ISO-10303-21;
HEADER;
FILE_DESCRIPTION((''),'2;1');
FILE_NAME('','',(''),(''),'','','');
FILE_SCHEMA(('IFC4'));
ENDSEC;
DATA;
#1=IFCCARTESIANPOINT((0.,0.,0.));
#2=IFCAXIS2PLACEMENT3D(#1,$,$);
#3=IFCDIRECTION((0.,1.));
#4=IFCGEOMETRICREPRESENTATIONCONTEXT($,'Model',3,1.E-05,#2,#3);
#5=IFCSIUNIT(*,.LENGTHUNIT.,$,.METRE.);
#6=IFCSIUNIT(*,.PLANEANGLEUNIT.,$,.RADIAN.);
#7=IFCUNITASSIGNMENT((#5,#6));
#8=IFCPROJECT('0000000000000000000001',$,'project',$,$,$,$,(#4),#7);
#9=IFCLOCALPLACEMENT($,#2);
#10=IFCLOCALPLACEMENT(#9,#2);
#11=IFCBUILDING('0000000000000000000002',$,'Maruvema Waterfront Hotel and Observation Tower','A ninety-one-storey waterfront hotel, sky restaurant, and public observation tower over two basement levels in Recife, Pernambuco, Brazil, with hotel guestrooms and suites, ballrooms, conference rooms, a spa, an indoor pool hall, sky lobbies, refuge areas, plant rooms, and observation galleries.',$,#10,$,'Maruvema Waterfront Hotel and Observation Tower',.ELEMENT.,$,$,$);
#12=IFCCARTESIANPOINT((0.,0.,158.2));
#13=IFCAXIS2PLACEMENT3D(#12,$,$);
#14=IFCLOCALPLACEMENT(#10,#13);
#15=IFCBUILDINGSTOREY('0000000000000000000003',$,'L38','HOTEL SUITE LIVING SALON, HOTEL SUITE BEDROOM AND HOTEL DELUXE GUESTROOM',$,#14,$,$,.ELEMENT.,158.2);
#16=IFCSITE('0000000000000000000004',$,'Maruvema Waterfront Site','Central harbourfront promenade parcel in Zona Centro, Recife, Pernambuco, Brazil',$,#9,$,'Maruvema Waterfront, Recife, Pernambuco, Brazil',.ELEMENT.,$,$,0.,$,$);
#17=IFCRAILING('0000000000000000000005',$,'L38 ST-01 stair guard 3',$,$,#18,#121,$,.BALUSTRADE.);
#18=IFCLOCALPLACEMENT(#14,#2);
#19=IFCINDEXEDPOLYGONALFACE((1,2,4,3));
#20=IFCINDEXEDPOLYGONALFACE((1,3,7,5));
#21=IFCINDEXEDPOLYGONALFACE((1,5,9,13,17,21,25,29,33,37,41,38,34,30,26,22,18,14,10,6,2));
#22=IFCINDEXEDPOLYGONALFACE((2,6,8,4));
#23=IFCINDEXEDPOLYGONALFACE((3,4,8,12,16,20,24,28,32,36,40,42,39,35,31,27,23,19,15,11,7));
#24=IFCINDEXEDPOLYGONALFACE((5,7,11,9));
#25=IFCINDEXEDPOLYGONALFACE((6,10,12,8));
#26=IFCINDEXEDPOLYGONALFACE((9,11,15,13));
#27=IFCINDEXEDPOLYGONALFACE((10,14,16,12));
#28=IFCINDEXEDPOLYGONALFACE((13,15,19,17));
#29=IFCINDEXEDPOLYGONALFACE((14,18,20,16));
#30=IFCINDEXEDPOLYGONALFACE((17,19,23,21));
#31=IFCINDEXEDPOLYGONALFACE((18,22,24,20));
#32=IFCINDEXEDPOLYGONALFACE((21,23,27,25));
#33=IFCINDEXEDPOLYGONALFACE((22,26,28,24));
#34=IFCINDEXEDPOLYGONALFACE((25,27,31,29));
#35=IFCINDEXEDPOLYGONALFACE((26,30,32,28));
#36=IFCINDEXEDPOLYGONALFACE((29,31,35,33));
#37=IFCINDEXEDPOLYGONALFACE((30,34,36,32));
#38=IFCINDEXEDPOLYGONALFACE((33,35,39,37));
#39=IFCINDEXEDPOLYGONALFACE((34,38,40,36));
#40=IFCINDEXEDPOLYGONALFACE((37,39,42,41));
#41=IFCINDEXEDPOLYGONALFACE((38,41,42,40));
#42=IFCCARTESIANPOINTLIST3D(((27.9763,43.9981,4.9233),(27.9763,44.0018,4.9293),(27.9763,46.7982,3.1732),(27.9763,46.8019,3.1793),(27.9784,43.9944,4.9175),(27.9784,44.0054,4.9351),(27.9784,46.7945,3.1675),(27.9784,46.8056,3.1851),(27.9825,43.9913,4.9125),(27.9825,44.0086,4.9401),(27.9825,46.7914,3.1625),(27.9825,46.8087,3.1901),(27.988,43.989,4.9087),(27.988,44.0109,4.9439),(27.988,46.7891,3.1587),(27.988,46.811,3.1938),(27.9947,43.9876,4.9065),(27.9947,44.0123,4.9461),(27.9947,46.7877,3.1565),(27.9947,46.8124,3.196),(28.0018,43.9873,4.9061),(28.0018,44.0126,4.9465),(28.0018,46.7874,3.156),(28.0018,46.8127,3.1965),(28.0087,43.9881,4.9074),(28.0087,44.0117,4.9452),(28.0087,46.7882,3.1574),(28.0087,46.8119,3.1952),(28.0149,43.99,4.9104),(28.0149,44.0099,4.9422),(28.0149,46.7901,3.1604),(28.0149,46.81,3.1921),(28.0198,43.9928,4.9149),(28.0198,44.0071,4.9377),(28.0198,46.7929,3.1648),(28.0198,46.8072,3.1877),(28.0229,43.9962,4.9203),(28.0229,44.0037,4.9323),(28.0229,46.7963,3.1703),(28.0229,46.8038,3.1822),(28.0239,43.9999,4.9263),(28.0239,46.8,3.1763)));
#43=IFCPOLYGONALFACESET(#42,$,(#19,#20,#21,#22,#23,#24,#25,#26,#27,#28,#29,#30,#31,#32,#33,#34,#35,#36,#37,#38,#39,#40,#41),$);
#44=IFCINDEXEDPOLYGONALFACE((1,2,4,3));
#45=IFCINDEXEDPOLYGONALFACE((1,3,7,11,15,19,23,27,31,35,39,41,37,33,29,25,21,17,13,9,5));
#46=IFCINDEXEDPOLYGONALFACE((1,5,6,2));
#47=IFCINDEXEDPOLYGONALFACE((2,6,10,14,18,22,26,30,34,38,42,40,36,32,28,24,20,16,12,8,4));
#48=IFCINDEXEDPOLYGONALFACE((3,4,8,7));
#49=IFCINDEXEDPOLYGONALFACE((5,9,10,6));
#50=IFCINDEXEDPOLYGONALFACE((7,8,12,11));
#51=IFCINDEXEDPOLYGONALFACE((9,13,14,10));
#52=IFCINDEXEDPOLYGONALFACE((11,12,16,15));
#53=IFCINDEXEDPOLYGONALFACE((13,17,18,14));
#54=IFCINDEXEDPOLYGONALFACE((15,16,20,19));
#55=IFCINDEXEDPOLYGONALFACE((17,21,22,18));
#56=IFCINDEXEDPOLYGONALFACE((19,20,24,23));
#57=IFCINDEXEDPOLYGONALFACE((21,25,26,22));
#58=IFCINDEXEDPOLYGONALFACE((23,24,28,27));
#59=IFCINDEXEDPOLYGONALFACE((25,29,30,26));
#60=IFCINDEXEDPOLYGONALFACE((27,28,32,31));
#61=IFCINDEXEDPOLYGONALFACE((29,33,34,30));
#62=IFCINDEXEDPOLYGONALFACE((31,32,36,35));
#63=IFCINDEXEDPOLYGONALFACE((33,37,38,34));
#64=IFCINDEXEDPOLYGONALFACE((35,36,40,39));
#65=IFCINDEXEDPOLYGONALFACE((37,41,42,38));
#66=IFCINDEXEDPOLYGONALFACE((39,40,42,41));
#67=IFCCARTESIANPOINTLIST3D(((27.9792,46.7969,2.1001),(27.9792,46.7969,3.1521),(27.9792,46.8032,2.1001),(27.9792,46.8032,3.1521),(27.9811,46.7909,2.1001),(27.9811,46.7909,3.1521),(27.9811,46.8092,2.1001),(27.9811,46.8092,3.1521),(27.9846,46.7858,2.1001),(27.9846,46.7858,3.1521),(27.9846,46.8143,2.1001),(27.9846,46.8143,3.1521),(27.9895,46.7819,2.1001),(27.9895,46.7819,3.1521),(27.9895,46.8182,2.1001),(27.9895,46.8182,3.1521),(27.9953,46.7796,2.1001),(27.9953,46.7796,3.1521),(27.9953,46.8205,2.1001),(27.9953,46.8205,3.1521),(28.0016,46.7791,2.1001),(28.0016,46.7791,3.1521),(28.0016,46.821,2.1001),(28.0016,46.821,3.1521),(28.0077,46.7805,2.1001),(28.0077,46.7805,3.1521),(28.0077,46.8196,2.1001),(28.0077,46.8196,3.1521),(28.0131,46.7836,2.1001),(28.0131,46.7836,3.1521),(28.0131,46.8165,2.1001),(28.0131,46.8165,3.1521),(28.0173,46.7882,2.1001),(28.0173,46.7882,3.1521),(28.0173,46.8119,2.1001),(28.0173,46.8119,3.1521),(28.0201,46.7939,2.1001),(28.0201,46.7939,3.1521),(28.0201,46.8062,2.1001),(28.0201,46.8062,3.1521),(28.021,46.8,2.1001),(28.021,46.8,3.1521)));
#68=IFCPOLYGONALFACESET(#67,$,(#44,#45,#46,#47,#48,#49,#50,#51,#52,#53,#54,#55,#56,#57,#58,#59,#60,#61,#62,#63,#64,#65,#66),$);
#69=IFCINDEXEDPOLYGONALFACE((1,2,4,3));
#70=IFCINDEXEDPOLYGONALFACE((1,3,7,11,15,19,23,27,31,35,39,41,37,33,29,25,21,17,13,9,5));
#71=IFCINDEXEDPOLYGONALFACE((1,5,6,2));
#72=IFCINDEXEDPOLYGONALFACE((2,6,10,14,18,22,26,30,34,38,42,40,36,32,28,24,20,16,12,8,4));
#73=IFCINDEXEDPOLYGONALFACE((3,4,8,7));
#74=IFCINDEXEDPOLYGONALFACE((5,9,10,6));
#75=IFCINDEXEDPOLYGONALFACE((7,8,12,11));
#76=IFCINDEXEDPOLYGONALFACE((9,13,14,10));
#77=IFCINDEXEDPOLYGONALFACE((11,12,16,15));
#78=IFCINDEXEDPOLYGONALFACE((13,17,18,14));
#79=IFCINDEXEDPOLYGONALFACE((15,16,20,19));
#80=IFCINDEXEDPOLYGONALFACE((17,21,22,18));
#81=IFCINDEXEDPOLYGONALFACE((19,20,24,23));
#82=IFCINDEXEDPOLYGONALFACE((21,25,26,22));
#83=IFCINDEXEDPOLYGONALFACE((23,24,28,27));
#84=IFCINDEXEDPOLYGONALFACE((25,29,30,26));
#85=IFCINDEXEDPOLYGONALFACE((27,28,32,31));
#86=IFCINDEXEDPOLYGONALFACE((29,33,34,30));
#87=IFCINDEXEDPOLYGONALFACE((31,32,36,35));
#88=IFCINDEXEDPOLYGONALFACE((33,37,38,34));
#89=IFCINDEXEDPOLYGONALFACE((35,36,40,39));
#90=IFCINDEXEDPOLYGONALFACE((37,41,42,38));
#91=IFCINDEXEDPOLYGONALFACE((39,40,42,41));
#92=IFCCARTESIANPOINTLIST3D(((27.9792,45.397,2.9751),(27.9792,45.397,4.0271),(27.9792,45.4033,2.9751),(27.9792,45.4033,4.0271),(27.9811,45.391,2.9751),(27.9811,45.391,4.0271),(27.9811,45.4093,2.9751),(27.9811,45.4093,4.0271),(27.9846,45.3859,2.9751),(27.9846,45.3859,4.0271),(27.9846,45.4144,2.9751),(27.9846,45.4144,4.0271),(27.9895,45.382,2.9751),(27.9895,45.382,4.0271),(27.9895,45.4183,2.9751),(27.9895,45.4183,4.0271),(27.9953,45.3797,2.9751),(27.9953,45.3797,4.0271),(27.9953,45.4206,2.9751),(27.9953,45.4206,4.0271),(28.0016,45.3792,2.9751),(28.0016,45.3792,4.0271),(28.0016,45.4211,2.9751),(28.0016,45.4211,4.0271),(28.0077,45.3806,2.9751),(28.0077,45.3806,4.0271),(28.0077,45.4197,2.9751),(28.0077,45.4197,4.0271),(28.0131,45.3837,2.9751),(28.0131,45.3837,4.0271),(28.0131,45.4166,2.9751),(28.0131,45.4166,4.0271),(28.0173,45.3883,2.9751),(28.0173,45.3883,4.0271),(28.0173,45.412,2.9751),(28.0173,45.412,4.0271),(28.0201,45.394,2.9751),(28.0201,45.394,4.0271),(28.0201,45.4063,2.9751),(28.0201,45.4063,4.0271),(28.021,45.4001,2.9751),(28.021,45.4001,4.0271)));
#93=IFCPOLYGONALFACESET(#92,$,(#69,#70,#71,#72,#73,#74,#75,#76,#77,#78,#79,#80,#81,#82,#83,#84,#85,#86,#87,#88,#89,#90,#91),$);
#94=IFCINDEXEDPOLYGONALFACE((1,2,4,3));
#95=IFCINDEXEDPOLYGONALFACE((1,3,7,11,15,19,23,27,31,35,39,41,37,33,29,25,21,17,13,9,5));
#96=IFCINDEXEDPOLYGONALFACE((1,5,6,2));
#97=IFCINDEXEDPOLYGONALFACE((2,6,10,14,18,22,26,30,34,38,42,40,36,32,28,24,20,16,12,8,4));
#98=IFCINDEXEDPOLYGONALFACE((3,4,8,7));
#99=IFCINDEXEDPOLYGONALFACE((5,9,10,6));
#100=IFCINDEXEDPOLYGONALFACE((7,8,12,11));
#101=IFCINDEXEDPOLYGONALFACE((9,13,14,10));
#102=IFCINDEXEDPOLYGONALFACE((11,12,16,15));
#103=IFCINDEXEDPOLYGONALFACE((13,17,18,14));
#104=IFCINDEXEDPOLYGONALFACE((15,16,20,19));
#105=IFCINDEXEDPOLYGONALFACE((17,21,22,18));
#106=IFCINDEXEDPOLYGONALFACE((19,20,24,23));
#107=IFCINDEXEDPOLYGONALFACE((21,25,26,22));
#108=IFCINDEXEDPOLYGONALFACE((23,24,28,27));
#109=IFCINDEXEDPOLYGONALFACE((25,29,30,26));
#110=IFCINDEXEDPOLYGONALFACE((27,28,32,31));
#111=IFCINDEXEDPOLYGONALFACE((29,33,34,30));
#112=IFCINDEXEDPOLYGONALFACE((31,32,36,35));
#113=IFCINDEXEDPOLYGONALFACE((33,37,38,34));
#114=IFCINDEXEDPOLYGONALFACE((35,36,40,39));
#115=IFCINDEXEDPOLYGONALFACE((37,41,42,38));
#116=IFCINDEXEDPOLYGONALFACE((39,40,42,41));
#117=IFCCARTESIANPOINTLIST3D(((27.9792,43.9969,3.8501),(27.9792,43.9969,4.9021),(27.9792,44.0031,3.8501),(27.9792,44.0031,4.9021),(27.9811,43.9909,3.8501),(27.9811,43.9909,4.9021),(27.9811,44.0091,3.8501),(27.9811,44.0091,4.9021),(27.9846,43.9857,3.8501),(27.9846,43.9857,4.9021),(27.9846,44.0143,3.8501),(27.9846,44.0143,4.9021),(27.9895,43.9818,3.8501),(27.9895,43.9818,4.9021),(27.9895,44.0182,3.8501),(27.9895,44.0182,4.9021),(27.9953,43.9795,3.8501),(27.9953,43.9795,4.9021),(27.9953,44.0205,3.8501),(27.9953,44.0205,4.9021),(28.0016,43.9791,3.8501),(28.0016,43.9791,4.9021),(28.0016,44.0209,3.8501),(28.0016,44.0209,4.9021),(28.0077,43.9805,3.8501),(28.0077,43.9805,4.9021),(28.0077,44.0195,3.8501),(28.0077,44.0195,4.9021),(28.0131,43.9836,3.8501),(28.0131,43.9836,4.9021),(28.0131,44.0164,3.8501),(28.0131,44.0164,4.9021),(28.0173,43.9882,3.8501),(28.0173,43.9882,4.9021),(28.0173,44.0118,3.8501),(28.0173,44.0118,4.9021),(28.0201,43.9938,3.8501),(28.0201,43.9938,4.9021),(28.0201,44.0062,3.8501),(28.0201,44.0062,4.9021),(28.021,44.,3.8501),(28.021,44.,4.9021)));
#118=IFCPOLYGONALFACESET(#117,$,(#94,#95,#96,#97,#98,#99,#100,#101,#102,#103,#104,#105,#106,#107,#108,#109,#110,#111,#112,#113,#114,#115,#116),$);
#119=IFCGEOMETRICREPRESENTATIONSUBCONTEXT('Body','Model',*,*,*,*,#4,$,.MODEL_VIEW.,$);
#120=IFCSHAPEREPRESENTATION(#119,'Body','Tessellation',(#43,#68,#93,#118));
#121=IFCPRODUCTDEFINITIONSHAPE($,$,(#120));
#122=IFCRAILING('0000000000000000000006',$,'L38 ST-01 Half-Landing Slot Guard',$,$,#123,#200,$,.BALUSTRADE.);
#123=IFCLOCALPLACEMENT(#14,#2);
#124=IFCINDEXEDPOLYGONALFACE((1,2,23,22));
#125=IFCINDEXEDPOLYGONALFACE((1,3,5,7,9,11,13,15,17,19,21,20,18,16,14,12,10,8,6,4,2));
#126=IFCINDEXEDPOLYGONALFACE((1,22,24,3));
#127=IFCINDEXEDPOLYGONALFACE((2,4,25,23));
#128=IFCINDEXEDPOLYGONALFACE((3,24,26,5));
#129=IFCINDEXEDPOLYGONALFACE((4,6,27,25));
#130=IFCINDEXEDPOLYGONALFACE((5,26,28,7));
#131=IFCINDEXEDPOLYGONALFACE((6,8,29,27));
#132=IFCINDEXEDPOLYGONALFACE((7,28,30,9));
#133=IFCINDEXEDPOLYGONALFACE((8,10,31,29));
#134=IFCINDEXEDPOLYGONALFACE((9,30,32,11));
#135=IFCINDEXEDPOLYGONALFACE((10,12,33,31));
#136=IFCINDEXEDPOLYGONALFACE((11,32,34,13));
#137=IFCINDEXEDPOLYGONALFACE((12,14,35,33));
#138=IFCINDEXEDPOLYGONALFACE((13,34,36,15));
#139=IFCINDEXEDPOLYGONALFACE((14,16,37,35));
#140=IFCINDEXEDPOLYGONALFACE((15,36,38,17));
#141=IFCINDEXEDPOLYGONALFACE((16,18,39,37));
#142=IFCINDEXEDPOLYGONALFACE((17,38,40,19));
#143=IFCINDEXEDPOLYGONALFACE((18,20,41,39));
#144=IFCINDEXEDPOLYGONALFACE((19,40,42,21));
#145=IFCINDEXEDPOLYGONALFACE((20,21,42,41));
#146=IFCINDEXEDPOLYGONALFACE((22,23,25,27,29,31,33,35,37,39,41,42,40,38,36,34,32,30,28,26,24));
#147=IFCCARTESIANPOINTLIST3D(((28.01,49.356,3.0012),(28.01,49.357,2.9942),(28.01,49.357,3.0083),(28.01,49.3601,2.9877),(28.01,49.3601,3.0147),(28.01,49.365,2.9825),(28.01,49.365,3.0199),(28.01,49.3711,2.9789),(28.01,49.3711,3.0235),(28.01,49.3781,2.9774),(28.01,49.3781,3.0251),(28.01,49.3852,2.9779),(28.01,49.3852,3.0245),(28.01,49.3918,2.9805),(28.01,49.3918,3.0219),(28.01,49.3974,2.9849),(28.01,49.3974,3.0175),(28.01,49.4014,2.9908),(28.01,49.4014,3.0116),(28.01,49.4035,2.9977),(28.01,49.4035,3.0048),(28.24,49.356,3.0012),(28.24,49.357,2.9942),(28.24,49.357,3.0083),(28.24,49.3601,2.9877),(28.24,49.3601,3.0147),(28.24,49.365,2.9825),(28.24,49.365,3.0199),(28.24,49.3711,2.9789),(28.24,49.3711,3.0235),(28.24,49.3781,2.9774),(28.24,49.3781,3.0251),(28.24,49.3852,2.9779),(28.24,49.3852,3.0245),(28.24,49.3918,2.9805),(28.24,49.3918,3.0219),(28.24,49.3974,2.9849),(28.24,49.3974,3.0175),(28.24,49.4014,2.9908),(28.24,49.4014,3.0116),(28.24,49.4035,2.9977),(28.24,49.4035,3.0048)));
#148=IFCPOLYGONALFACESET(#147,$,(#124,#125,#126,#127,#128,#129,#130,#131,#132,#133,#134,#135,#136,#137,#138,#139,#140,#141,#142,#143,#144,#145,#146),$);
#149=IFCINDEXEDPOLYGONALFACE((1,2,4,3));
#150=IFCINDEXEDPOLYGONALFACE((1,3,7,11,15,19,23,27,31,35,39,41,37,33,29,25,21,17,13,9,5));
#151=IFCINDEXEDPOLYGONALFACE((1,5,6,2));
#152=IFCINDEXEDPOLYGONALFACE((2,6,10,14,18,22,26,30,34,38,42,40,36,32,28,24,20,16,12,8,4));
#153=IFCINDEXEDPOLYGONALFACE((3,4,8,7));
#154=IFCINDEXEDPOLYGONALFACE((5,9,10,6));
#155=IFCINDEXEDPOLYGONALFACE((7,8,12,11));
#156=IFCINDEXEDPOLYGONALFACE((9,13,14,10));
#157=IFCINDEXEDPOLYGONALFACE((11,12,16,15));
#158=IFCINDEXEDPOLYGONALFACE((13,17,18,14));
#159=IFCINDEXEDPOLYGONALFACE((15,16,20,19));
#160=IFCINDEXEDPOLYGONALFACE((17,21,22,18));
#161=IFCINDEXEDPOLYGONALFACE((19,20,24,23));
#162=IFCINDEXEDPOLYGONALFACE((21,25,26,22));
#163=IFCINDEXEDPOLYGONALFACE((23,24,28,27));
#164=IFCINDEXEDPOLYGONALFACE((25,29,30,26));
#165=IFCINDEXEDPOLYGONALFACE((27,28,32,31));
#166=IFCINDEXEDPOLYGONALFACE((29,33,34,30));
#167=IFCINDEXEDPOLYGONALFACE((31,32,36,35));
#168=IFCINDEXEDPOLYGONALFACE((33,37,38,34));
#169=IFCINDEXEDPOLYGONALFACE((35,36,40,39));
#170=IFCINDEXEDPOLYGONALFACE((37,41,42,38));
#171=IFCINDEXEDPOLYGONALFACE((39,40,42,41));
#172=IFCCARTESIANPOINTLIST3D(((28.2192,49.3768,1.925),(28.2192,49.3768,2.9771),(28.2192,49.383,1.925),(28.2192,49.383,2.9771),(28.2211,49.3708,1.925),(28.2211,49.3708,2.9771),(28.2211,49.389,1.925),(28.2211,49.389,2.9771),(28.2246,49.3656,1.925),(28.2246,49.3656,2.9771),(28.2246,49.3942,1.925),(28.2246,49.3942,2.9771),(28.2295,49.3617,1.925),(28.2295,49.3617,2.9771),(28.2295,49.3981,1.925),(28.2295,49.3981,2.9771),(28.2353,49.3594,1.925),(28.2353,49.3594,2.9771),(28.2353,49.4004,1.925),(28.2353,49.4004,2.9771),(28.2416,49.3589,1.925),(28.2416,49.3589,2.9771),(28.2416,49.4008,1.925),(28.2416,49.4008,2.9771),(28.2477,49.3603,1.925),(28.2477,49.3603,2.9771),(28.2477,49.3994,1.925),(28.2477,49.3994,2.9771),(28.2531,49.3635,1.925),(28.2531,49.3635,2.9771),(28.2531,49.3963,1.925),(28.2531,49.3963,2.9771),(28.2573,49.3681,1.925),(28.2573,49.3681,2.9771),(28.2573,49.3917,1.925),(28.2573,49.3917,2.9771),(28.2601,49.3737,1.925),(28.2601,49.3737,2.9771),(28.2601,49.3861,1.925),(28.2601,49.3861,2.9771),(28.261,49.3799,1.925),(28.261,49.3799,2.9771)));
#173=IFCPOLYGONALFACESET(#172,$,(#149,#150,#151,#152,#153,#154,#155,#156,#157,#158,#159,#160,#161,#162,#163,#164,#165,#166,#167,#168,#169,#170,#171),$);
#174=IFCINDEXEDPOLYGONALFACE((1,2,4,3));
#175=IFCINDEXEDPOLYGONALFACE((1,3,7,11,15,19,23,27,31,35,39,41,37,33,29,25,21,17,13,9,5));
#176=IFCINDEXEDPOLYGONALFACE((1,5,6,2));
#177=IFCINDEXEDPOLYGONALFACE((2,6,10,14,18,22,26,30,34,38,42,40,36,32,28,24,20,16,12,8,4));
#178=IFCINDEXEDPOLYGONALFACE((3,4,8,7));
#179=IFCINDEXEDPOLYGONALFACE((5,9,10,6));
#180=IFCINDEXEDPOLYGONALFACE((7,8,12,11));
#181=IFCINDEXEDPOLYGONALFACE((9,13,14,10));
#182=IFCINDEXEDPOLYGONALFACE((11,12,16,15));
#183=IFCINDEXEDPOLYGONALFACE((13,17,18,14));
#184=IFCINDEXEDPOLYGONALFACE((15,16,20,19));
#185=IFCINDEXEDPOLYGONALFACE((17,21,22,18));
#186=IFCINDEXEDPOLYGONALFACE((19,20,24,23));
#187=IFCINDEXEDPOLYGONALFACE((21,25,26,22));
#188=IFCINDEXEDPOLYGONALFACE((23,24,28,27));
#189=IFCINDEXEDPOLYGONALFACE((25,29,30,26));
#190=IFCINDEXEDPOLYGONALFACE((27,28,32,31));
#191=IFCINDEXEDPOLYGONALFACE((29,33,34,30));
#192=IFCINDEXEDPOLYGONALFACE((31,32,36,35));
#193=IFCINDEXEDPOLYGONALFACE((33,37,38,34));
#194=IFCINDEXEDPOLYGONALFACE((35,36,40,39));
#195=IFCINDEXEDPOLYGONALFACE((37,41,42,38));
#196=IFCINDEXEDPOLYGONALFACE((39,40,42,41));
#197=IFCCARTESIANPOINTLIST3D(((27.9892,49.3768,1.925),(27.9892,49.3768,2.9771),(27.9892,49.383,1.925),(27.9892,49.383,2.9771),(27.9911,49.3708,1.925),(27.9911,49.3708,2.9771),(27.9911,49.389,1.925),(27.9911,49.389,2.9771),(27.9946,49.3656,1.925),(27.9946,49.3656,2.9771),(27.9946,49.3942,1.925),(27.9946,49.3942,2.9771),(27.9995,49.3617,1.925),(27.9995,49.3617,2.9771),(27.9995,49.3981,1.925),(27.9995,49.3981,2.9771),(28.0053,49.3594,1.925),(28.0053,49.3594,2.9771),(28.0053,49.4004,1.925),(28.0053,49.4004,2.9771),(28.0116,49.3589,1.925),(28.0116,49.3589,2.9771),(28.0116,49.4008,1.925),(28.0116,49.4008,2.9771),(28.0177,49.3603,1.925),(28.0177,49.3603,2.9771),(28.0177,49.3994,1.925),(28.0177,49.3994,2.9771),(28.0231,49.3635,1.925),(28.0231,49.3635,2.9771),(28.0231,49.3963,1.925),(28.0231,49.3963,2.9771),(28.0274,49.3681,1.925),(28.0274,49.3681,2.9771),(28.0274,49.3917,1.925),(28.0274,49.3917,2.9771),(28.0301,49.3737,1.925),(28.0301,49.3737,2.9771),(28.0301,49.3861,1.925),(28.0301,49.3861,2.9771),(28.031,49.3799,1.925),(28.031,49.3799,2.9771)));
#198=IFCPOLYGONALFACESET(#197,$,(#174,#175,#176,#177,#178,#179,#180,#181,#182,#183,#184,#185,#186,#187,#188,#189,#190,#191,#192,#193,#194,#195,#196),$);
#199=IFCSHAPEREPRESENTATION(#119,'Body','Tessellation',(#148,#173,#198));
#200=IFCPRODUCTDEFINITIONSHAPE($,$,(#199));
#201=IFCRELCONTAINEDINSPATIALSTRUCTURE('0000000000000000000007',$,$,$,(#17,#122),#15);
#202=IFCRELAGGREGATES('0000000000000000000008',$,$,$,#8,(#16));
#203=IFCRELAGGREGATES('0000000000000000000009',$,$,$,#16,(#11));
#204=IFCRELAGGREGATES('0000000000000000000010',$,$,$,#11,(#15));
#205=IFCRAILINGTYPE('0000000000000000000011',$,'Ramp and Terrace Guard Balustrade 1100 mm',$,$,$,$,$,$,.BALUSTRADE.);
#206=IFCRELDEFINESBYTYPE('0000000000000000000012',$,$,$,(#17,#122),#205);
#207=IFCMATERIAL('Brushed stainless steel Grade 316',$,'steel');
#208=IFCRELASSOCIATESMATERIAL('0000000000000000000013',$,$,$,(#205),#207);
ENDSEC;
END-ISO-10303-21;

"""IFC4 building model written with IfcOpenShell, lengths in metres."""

from ifc_helpers import new_model, si_unit, direction, frame, origin, origin_2d, place, context, subcontext, project, spatial, circle, extrude, material, type_object, element, save


model = new_model("IFC4")

# Units and contexts
model_context = context("Model", 3, precision=1e-05, world=origin(), true_north=direction((0.0, 1.0)))
body_context = subcontext(model_context, "Body", "Model", "MODEL_VIEW")
ifc_project = project(units=[si_unit("LENGTHUNIT", "METRE"), si_unit("PLANEANGLEUNIT", "RADIAN")], contexts=[model_context])

# Site, building, storey
site_placement = place(None, origin())
site = spatial("IfcSite", under=ifc_project, at=site_placement, Name="Maruvema Waterfront Site", Description="Central harbourfront promenade parcel in Zona Centro, Recife, Pernambuco, Brazil", LongName="Maruvema Waterfront, Recife, Pernambuco, Brazil", CompositionType="ELEMENT", RefElevation=0.0)
building_placement = place(site_placement, origin())
building = spatial("IfcBuilding", under=site, at=building_placement, Name="Maruvema Waterfront Hotel and Observation Tower", Description="A ninety-one-storey waterfront hotel, sky restaurant, and public observation tower over two basement levels in Recife, Pernambuco, Brazil, with hotel guestrooms and suites, ballrooms, conference rooms, a spa, an indoor pool hall, sky lobbies, refuge areas, plant rooms, and observation galleries.", LongName="Maruvema Waterfront Hotel and Observation Tower", CompositionType="ELEMENT")
storey_placement = place(building_placement, frame((0.0, 0.0, 158.2)))
storey = spatial("IfcBuildingStorey", under=building, at=storey_placement, Name="L38", Description="HOTEL SUITE LIVING SALON, HOTEL SUITE BEDROOM AND HOTEL DELUXE GUESTROOM", CompositionType="ELEMENT", Elevation=158.2)

# Railings
ifc_material_1 = material(Name="Brushed stainless steel Grade 316", Category="steel")
railing_type_1 = type_object("IfcRailingType", Name="Ramp and Terrace Guard Balustrade 1100 mm", PredefinedType="BALUSTRADE", material=ifc_material_1)
railing_1_placement = place(storey_placement, frame((28.0, 46.8, 2.1001)))
element("IfcRailing", 1, at=railing_1_placement, inside=storey, type_object=railing_type_1, Name="L38 ST-01 stair guard 3", PredefinedType="BALUSTRADE", context=body_context, shape_type="SweptSolid", body=[
    extrude(circle(Radius=0.0239, at=origin_2d()), frame((0.0, 0.0, 1.0762), z_axis=(0.0, -0.848002, 0.529992), x_axis=(1.0, 0.0, 0.0)), (0.0, 0.0, 1.0), 3.302),
    extrude(circle(Radius=0.021, at=origin_2d()), origin(), (0.0, 0.0, 1.0), 1.052),
    extrude(circle(Radius=0.021, at=origin_2d()), frame((0.0, -1.3999, 0.875)), (0.0, 0.0, 1.0), 1.052),
    extrude(circle(Radius=0.021, at=origin_2d()), frame((0.0, -2.8, 1.75)), (0.0, 0.0, 1.0), 1.052),
])
railing_2_placement = place(storey_placement, frame((28.24, 49.3799, 1.925)))
element("IfcRailing", 2, at=railing_2_placement, inside=storey, type_object=railing_type_1, Name="L38 ST-01 Half-Landing Slot Guard", PredefinedType="BALUSTRADE", context=body_context, shape_type="SweptSolid", body=[
    extrude(circle(Radius=0.0239, at=origin_2d()), frame((0.0, 0.0, 1.0762), z_axis=(-1.0, 0.0, 0.0), x_axis=(0.0, -1.0, 0.0)), (0.0, 0.0, 1.0), 0.23),
    extrude(circle(Radius=0.021, at=origin_2d()), origin(), (0.0, 0.0, 1.0), 1.052),
    extrude(circle(Radius=0.021, at=origin_2d()), frame((-0.23, 0.0, 0.0)), (0.0, 0.0, 1.0), 1.052),
])

save(model, "model.ifc")
